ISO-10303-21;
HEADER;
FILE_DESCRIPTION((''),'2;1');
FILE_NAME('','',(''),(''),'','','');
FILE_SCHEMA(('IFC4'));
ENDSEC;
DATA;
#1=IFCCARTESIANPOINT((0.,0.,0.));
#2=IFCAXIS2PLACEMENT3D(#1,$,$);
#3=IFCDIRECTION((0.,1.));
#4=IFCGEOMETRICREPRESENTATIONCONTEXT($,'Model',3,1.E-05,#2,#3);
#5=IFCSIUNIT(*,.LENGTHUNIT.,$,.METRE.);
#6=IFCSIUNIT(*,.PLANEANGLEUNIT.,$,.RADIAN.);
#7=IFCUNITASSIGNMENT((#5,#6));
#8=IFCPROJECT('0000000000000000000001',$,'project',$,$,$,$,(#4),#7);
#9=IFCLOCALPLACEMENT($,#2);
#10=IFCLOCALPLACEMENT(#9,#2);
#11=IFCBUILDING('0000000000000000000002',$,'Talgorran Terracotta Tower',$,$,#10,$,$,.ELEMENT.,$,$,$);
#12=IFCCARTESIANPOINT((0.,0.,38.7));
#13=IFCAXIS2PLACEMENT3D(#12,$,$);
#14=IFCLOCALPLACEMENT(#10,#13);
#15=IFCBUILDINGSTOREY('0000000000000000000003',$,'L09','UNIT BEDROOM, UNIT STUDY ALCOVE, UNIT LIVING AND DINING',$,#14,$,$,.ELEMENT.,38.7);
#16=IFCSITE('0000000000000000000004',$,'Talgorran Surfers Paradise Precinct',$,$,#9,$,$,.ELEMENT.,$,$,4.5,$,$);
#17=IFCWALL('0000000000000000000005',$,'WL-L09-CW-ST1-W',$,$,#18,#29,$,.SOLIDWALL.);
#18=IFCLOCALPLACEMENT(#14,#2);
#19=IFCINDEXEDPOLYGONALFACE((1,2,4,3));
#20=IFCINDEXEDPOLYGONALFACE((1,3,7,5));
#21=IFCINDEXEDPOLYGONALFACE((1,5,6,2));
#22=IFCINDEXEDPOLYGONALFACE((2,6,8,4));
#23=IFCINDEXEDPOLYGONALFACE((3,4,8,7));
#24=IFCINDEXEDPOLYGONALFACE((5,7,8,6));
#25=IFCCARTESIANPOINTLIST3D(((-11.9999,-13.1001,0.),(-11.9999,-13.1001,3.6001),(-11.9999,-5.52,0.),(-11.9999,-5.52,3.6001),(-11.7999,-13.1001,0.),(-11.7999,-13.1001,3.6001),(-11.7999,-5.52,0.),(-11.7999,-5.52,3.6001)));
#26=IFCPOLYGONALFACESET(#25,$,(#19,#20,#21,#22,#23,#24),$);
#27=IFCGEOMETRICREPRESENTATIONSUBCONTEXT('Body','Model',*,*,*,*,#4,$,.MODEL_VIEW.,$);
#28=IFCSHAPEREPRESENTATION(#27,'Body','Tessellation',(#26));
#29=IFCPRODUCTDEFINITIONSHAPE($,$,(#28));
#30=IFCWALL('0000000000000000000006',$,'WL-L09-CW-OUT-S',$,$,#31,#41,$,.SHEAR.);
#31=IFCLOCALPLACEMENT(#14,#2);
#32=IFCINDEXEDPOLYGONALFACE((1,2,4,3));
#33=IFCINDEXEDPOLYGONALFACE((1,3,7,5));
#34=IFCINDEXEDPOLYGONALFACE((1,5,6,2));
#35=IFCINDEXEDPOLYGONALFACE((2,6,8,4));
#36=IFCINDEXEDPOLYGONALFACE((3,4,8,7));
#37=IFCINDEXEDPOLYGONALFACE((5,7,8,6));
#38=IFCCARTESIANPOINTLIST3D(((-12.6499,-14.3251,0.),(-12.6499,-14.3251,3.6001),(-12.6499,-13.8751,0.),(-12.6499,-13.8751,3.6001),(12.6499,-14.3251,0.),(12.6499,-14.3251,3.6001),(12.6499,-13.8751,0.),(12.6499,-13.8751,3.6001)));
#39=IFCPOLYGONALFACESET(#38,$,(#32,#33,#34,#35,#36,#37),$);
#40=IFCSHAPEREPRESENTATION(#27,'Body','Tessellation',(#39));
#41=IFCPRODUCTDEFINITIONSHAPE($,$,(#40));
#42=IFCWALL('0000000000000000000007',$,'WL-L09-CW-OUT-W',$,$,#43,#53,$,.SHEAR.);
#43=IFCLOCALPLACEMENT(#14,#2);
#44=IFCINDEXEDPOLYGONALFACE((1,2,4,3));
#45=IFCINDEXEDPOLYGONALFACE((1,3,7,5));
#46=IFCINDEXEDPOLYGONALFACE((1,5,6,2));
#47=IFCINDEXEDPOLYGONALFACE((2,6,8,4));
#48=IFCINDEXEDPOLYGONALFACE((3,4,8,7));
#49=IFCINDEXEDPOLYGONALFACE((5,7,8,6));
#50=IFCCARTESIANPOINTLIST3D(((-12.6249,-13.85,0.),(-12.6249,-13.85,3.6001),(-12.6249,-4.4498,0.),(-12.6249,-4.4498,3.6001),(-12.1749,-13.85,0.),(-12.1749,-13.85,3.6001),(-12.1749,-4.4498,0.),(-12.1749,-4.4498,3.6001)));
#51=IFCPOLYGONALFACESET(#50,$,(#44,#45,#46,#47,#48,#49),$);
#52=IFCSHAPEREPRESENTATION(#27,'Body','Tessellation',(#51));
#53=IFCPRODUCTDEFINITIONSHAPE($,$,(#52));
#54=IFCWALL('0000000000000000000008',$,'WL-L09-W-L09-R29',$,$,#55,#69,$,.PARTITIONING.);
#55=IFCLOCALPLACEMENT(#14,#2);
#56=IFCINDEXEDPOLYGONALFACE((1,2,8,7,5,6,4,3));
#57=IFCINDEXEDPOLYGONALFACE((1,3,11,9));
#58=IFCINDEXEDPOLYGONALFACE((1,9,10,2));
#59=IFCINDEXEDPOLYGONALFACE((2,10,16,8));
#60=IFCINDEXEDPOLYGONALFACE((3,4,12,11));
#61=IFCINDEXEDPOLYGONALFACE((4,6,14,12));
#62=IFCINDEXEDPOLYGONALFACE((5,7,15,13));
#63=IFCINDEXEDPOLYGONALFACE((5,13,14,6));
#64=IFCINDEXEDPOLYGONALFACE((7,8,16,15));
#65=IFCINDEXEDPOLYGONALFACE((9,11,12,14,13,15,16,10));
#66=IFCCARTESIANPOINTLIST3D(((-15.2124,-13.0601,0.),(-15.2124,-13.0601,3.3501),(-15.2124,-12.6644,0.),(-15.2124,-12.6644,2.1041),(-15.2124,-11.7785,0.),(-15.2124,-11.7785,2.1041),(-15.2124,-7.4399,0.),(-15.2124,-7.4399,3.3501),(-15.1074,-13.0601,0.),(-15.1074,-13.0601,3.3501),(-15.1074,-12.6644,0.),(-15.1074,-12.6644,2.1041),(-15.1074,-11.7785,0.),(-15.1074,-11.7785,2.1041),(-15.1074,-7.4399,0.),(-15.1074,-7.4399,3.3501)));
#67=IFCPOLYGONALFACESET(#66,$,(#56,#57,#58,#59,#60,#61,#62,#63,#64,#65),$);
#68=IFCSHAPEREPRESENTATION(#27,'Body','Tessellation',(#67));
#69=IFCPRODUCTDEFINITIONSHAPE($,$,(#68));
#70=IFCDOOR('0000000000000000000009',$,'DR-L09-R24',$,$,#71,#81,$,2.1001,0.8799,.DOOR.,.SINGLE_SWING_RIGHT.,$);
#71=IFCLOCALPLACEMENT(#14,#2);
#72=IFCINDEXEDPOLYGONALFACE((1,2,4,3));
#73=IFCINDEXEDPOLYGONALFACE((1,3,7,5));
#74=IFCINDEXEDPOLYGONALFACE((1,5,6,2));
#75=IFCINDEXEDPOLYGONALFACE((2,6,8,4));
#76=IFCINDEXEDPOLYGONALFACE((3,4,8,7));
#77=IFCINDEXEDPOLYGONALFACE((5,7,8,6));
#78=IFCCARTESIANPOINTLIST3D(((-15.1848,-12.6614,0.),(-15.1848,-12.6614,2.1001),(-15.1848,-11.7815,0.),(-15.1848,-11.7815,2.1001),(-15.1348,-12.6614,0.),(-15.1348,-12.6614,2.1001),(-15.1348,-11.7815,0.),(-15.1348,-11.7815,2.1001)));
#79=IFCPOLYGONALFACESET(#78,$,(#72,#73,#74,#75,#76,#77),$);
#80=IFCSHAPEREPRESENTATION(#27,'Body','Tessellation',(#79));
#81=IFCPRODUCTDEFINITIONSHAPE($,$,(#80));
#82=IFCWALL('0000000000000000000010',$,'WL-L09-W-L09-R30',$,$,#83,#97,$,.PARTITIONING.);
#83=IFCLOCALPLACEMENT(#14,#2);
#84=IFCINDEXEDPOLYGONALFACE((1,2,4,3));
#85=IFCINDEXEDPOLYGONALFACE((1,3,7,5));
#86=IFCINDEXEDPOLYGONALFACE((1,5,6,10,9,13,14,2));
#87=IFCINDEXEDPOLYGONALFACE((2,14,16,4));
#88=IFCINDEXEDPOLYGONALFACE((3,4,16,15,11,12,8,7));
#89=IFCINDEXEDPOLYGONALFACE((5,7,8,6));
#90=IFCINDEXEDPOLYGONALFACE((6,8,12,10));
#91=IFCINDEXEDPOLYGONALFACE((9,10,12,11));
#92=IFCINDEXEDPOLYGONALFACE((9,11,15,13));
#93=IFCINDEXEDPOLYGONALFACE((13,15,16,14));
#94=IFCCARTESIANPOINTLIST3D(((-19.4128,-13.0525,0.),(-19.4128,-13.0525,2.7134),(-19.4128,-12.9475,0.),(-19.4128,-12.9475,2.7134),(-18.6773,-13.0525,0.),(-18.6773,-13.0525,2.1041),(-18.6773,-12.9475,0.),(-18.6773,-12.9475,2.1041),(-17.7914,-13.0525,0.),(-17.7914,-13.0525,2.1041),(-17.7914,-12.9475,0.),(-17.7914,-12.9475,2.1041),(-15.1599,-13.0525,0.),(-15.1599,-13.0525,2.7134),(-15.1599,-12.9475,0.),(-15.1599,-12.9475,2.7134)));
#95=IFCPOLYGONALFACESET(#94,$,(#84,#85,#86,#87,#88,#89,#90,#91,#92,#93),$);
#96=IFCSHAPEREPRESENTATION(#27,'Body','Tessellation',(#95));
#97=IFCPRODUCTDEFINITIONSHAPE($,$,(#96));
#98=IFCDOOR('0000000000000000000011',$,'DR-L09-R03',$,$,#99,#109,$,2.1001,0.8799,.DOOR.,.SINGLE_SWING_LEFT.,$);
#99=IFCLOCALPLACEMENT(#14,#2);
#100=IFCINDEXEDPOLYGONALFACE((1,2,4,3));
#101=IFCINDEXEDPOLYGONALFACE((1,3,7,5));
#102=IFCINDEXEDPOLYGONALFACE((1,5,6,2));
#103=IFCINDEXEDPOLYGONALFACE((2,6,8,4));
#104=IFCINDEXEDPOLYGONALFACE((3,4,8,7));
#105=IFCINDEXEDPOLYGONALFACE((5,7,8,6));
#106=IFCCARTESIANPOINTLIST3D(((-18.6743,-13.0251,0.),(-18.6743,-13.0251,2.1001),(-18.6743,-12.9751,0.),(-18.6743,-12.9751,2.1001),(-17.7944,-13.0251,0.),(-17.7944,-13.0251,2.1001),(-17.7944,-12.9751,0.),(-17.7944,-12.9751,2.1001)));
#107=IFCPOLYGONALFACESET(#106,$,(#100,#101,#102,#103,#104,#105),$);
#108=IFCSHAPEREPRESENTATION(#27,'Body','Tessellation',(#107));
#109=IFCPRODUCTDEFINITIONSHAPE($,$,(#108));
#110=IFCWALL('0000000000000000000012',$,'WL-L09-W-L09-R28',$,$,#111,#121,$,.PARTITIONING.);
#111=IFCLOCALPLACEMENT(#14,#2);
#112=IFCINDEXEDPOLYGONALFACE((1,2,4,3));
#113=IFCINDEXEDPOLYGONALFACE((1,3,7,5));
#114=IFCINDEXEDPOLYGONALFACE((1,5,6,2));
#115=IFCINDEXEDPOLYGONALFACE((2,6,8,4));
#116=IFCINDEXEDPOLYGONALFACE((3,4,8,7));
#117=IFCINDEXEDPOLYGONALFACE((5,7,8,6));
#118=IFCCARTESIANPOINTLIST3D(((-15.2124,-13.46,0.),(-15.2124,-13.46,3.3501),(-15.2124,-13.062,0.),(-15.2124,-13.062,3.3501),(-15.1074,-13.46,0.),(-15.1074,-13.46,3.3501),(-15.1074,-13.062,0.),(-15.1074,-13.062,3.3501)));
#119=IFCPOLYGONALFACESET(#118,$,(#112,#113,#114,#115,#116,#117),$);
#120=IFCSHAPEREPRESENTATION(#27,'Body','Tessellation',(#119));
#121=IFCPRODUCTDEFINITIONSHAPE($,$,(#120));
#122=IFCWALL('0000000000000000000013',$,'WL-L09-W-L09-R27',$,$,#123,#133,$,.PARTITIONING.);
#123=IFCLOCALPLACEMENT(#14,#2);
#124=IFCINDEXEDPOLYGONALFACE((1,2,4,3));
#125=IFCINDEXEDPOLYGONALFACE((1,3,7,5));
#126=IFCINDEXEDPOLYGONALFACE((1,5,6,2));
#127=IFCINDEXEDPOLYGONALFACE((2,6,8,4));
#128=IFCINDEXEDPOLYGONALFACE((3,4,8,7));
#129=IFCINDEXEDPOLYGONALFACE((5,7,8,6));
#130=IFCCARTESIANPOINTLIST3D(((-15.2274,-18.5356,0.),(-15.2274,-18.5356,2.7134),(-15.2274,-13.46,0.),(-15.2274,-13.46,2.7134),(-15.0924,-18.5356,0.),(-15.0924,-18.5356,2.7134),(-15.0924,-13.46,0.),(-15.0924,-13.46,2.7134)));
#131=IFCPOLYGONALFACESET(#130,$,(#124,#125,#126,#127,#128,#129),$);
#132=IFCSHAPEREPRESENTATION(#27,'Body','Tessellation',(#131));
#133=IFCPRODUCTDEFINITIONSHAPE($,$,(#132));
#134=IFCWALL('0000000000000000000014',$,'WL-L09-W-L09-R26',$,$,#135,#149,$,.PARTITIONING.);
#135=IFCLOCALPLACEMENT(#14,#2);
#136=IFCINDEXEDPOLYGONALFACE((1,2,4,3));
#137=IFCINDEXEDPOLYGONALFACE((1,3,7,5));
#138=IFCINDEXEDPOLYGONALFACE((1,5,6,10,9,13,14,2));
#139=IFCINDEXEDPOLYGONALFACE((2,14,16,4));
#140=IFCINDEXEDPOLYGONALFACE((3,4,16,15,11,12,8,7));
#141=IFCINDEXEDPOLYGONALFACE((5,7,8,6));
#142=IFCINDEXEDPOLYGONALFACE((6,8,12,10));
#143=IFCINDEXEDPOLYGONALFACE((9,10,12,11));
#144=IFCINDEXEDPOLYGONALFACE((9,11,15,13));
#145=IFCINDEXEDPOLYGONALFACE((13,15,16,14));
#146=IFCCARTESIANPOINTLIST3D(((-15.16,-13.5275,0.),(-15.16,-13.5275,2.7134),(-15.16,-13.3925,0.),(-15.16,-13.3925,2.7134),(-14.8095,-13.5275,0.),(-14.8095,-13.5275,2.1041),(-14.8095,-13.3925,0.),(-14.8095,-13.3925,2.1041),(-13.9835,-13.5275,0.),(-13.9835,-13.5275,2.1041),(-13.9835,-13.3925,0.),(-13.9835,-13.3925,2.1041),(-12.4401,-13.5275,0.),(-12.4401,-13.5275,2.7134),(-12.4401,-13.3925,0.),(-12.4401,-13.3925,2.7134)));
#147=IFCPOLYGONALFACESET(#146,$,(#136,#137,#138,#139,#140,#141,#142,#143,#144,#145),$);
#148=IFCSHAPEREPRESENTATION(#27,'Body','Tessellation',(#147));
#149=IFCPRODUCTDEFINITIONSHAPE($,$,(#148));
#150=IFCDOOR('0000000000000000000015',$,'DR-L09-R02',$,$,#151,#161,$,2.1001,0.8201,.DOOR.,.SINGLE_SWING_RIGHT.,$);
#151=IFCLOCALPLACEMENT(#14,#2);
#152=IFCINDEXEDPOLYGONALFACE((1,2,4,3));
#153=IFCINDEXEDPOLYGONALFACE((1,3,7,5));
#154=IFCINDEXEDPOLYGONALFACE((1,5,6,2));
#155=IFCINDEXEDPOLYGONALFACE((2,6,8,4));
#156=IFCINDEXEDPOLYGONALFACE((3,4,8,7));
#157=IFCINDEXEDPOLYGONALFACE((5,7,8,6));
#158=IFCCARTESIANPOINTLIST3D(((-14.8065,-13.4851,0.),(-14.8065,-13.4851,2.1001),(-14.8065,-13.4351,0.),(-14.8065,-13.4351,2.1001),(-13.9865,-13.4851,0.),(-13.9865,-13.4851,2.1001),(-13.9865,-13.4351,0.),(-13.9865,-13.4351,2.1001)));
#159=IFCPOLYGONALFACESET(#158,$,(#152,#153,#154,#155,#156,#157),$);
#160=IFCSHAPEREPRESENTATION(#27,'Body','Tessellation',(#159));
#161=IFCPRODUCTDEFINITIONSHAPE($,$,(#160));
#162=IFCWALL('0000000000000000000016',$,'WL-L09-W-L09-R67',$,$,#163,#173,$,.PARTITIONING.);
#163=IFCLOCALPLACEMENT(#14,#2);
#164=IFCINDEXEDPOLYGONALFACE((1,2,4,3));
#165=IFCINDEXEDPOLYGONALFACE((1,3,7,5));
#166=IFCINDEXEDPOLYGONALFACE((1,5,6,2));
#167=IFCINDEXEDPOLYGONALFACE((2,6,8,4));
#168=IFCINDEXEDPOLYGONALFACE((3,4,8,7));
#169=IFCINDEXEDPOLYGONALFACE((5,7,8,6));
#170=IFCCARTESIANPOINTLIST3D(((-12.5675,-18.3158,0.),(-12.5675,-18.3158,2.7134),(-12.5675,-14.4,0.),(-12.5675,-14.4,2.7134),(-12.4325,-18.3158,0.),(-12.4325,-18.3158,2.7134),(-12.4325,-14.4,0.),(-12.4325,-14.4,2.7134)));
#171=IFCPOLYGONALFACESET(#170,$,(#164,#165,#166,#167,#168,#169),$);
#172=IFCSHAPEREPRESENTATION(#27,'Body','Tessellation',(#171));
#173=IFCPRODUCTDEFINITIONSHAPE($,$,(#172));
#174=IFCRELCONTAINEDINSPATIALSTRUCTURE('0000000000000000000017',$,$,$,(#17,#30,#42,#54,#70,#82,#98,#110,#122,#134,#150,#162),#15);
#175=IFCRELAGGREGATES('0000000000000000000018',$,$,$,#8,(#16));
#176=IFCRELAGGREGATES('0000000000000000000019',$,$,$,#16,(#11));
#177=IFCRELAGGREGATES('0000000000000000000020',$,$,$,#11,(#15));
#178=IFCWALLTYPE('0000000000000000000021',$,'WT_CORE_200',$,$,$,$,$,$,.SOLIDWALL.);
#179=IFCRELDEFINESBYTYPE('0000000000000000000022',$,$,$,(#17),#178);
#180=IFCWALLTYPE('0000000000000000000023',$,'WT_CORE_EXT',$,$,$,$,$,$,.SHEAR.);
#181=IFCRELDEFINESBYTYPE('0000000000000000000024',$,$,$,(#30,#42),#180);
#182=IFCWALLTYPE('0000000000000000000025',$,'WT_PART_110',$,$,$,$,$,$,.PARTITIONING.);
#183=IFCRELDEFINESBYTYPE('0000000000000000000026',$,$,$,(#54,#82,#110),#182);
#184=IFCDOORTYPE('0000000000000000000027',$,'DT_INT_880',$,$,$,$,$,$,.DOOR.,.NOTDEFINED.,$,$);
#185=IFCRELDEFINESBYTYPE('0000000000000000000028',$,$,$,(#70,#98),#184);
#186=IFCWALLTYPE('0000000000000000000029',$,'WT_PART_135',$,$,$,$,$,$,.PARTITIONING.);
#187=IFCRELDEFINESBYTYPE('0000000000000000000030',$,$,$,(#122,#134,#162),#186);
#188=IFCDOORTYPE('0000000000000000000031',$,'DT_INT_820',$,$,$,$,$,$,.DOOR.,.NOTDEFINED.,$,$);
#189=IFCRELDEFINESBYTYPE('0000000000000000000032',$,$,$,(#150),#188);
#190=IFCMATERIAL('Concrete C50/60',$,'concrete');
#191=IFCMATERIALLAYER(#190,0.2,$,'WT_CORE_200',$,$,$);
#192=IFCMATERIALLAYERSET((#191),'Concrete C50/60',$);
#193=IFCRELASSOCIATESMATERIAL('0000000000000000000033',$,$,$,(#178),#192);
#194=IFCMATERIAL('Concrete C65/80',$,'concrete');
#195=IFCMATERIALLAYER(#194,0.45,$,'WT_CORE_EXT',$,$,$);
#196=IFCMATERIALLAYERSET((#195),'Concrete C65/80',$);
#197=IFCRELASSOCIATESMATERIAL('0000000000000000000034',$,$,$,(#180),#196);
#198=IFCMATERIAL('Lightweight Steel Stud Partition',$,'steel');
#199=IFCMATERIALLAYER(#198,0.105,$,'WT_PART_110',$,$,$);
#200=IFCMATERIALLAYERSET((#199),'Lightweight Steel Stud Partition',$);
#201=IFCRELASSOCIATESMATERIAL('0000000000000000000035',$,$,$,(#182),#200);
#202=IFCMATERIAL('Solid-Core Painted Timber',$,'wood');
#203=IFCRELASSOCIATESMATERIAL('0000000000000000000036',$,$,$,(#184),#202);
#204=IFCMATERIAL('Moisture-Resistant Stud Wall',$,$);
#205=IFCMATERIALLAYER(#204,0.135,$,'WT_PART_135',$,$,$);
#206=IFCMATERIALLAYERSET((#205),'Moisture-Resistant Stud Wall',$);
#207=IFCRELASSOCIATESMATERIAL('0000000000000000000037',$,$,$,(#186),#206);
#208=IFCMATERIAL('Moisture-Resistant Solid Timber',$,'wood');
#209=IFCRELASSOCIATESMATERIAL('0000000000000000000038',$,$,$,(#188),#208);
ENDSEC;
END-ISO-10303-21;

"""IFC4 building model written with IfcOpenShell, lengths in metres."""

from ifc_helpers import new_model, si_unit, direction, frame, frame_2d, origin, place, context, subcontext, project, spatial, rectangle, extrude, material, layer, layer_set, type_object, element, fill, save


model = new_model("IFC4")

# Units and contexts
model_context = context("Model", 3, precision=1e-05, world=origin(), true_north=direction((0.0, 1.0)))
body_context = subcontext(model_context, "Body", "Model", "MODEL_VIEW")
ifc_project = project(units=[si_unit("LENGTHUNIT", "METRE"), si_unit("PLANEANGLEUNIT", "RADIAN")], contexts=[model_context])

# Site, building, storey
site_placement = place(None, origin())
site = spatial("IfcSite", under=ifc_project, at=site_placement, Name="Talgorran Surfers Paradise Precinct", CompositionType="ELEMENT", RefElevation=4.5)
building_placement = place(site_placement, origin())
building = spatial("IfcBuilding", under=site, at=building_placement, Name="Talgorran Terracotta Tower", CompositionType="ELEMENT")
storey_placement = place(building_placement, frame((0.0, 0.0, 38.7)))
storey = spatial("IfcBuildingStorey", under=building, at=storey_placement, Name="L09", Description="UNIT BEDROOM, UNIT STUDY ALCOVE, UNIT LIVING AND DINING", CompositionType="ELEMENT", Elevation=38.7)

# Walls
ifc_material_1 = material(Name="Concrete C50/60", Category="concrete")
ifc_layer_1 = layer(ifc_material_1, 0.2, Name="WT_CORE_200")
ifc_layer_set_1 = layer_set([ifc_layer_1], Name="Concrete C50/60")
wall_type_1 = type_object("IfcWallType", Name="WT_CORE_200", PredefinedType="SOLIDWALL", material=ifc_layer_set_1)
wall_1_placement = place(storey_placement, frame((-11.8999, -13.1001, 0.0), z_axis=(0.0, 0.0, 1.0), x_axis=(0.0, 1.0, 0.0)))
element("IfcWall", 1, at=wall_1_placement, inside=storey, type_object=wall_type_1, Name="WL-L09-CW-ST1-W", PredefinedType="SOLIDWALL", context=body_context, shape_type="SweptSolid", body=[
    extrude(rectangle(XDim=7.5801, YDim=0.2, at=frame_2d((3.79, 0.0))), origin(), (0.0, 0.0, 1.0), 3.6001),
])
ifc_material_2 = material(Name="Concrete C65/80", Category="concrete")
ifc_layer_2 = layer(ifc_material_2, 0.45, Name="WT_CORE_EXT")
ifc_layer_set_2 = layer_set([ifc_layer_2], Name="Concrete C65/80")
wall_type_2 = type_object("IfcWallType", Name="WT_CORE_EXT", PredefinedType="SHEAR", material=ifc_layer_set_2)
wall_2_placement = place(storey_placement, frame((-12.6499, -14.1001, 0.0), z_axis=(0.0, 0.0, 1.0), x_axis=(1.0, 0.0, 0.0)))
element("IfcWall", 2, at=wall_2_placement, inside=storey, type_object=wall_type_2, Name="WL-L09-CW-OUT-S", PredefinedType="SHEAR", context=body_context, shape_type="SweptSolid", body=[
    extrude(rectangle(XDim=25.2998, YDim=0.45, at=frame_2d((12.6499, 0.0))), origin(), (0.0, 0.0, 1.0), 3.6001),
])
wall_3_placement = place(storey_placement, frame((-12.3999, -13.8501, 0.0), z_axis=(0.0, 0.0, 1.0), x_axis=(0.0, 1.0, 0.0)))
element("IfcWall", 3, at=wall_3_placement, inside=storey, type_object=wall_type_2, Name="WL-L09-CW-OUT-W", PredefinedType="SHEAR", context=body_context, shape_type="SweptSolid", body=[
    extrude(rectangle(XDim=9.4001, YDim=0.45, at=frame_2d((4.7002, 0.0))), origin(), (0.0, 0.0, 1.0), 3.6001),
])

# Walls, openings, doors
ifc_material_3 = material(Name="Lightweight Steel Stud Partition", Category="steel")
ifc_layer_3 = layer(ifc_material_3, 0.105, Name="WT_PART_110")
ifc_layer_set_3 = layer_set([ifc_layer_3], Name="Lightweight Steel Stud Partition")
wall_type_3 = type_object("IfcWallType", Name="WT_PART_110", PredefinedType="PARTITIONING", material=ifc_layer_set_3)
wall_4_placement = place(storey_placement, frame((-15.1599, -13.0601, 0.0), z_axis=(0.0, 0.0, 1.0), x_axis=(0.0, 1.0, 0.0)))
wall_4 = element("IfcWall", 4, at=wall_4_placement, inside=storey, type_object=wall_type_3, Name="WL-L09-W-L09-R29", PredefinedType="PARTITIONING", context=body_context, shape_type="SweptSolid", body=[
    extrude(rectangle(XDim=5.6201, YDim=0.105, at=frame_2d((2.8101, 0.0))), origin(), (0.0, 0.0, 1.0), 3.3501),
])
opening_1_placement = place(wall_4_placement, frame((0.3987, 0.0, 0.0)))
opening_1 = element("IfcOpeningElement", 5, at=opening_1_placement, cuts=wall_4, PredefinedType="OPENING", context=body_context, shape_type="SweptSolid", body=[
    extrude(rectangle(XDim=0.8859, YDim=2.1041, at=frame_2d((0.4399, 1.052))), frame((0.0, 0.0625, 0.0), z_axis=(0.0, -1.0, 0.0), x_axis=(1.0, 0.0, 0.0)), (0.0, 0.0, 1.0), 0.125),
])
ifc_material_4 = material(Name="Solid-Core Painted Timber", Category="wood")
door_type_1 = type_object("IfcDoorType", Name="DT_INT_880", OperationType="NOTDEFINED", PredefinedType="DOOR", material=ifc_material_4)
door_1_placement = place(opening_1_placement, origin())
door_1 = element("IfcDoor", 6, at=door_1_placement, inside=storey, type_object=door_type_1, Name="DR-L09-R24", OperationType="SINGLE_SWING_RIGHT", OverallHeight=2.1001, OverallWidth=0.8799, PredefinedType="DOOR", context=body_context, shape_type="SweptSolid", body=[
    extrude(rectangle(XDim=0.8799, YDim=2.1001, at=frame_2d((0.4399, 1.05))), frame((0.0, 0.0249, 0.0), z_axis=(0.0, -1.0, 0.0), x_axis=(1.0, 0.0, 0.0)), (0.0, 0.0, 1.0), 0.05),
])
fill(opening_1, door_1)
wall_5_placement = place(storey_placement, frame((-19.4128, -13.0, 0.0), z_axis=(0.0, 0.0, 1.0), x_axis=(1.0, 0.0, 0.0)))
wall_5 = element("IfcWall", 7, at=wall_5_placement, inside=storey, type_object=wall_type_3, Name="WL-L09-W-L09-R30", PredefinedType="PARTITIONING", context=body_context, shape_type="SweptSolid", body=[
    extrude(rectangle(XDim=4.2529, YDim=0.105, at=frame_2d((2.1265, 0.0))), origin(), (0.0, 0.0, 1.0), 2.7134),
])
opening_2_placement = place(wall_5_placement, frame((0.7385, 0.0, 0.0)))
opening_2 = element("IfcOpeningElement", 8, at=opening_2_placement, cuts=wall_5, PredefinedType="OPENING", context=body_context, shape_type="SweptSolid", body=[
    extrude(rectangle(XDim=0.8859, YDim=2.1041, at=frame_2d((0.4399, 1.052))), frame((0.0, 0.0625, 0.0), z_axis=(0.0, -1.0, 0.0), x_axis=(1.0, 0.0, 0.0)), (0.0, 0.0, 1.0), 0.125),
])
door_2_placement = place(opening_2_placement, origin())
door_2 = element("IfcDoor", 9, at=door_2_placement, inside=storey, type_object=door_type_1, Name="DR-L09-R03", OperationType="SINGLE_SWING_LEFT", OverallHeight=2.1001, OverallWidth=0.8799, PredefinedType="DOOR", context=body_context, shape_type="SweptSolid", body=[
    extrude(rectangle(XDim=0.8799, YDim=2.1001, at=frame_2d((0.4399, 1.05))), frame((0.0, 0.0249, 0.0), z_axis=(0.0, -1.0, 0.0), x_axis=(1.0, 0.0, 0.0)), (0.0, 0.0, 1.0), 0.05),
])
fill(opening_2, door_2)

# Walls
wall_6_placement = place(storey_placement, frame((-15.1599, -13.46, 0.0), z_axis=(0.0, 0.0, 1.0), x_axis=(0.0, 1.0, 0.0)))
element("IfcWall", 10, at=wall_6_placement, inside=storey, type_object=wall_type_3, Name="WL-L09-W-L09-R28", PredefinedType="PARTITIONING", context=body_context, shape_type="SweptSolid", body=[
    extrude(rectangle(XDim=0.3979, YDim=0.105, at=frame_2d((0.199, 0.0))), origin(), (0.0, 0.0, 1.0), 3.3501),
])
ifc_material_5 = material(Name="Moisture-Resistant Stud Wall")
ifc_layer_4 = layer(ifc_material_5, 0.135, Name="WT_PART_135")
ifc_layer_set_4 = layer_set([ifc_layer_4], Name="Moisture-Resistant Stud Wall")
wall_type_4 = type_object("IfcWallType", Name="WT_PART_135", PredefinedType="PARTITIONING", material=ifc_layer_set_4)
wall_7_placement = place(storey_placement, frame((-15.1599, -18.5356, 0.0), z_axis=(0.0, 0.0, 1.0), x_axis=(0.0, 1.0, 0.0)))
element("IfcWall", 11, at=wall_7_placement, inside=storey, type_object=wall_type_4, Name="WL-L09-W-L09-R27", PredefinedType="PARTITIONING", context=body_context, shape_type="SweptSolid", body=[
    extrude(rectangle(XDim=5.0757, YDim=0.135, at=frame_2d((2.5378, 0.0))), origin(), (0.0, 0.0, 1.0), 2.7134),
])

# Wall, opening, door
wall_8_placement = place(storey_placement, frame((-15.1599, -13.46, 0.0), z_axis=(0.0, 0.0, 1.0), x_axis=(1.0, 0.0, 0.0)))
wall_8 = element("IfcWall", 12, at=wall_8_placement, inside=storey, type_object=wall_type_4, Name="WL-L09-W-L09-R26", PredefinedType="PARTITIONING", context=body_context, shape_type="SweptSolid", body=[
    extrude(rectangle(XDim=2.72, YDim=0.135, at=frame_2d((1.3599, 0.0))), origin(), (0.0, 0.0, 1.0), 2.7134),
])
opening_3_placement = place(wall_8_placement, frame((0.3533, 0.0, 0.0)))
opening_3 = element("IfcOpeningElement", 13, at=opening_3_placement, cuts=wall_8, PredefinedType="OPENING", context=body_context, shape_type="SweptSolid", body=[
    extrude(rectangle(XDim=0.8261, YDim=2.1041, at=frame_2d((0.4102, 1.052))), frame((0.0, 0.0776, 0.0), z_axis=(0.0, -1.0, 0.0), x_axis=(1.0, 0.0, 0.0)), (0.0, 0.0, 1.0), 0.155),
])
ifc_material_6 = material(Name="Moisture-Resistant Solid Timber", Category="wood")
door_type_2 = type_object("IfcDoorType", Name="DT_INT_820", OperationType="NOTDEFINED", PredefinedType="DOOR", material=ifc_material_6)
door_3_placement = place(opening_3_placement, origin())
door_3 = element("IfcDoor", 14, at=door_3_placement, inside=storey, type_object=door_type_2, Name="DR-L09-R02", OperationType="SINGLE_SWING_RIGHT", OverallHeight=2.1001, OverallWidth=0.8201, PredefinedType="DOOR", context=body_context, shape_type="SweptSolid", body=[
    extrude(rectangle(XDim=0.8201, YDim=2.1001, at=frame_2d((0.4102, 1.05))), frame((0.0, 0.0249, 0.0), z_axis=(0.0, -1.0, 0.0), x_axis=(1.0, 0.0, 0.0)), (0.0, 0.0, 1.0), 0.05),
])
fill(opening_3, door_3)

# Wall
wall_9_placement = place(storey_placement, frame((-12.5, -14.3999, 0.0), z_axis=(0.0, 0.0, 1.0), x_axis=(0.0, -1.0, 0.0)))
element("IfcWall", 15, at=wall_9_placement, inside=storey, type_object=wall_type_4, Name="WL-L09-W-L09-R67", PredefinedType="PARTITIONING", context=body_context, shape_type="SweptSolid", body=[
    extrude(rectangle(XDim=3.9158, YDim=0.135, at=frame_2d((1.958, 0.0))), origin(), (0.0, 0.0, 1.0), 2.7134),
])

save(model, "model.ifc")
